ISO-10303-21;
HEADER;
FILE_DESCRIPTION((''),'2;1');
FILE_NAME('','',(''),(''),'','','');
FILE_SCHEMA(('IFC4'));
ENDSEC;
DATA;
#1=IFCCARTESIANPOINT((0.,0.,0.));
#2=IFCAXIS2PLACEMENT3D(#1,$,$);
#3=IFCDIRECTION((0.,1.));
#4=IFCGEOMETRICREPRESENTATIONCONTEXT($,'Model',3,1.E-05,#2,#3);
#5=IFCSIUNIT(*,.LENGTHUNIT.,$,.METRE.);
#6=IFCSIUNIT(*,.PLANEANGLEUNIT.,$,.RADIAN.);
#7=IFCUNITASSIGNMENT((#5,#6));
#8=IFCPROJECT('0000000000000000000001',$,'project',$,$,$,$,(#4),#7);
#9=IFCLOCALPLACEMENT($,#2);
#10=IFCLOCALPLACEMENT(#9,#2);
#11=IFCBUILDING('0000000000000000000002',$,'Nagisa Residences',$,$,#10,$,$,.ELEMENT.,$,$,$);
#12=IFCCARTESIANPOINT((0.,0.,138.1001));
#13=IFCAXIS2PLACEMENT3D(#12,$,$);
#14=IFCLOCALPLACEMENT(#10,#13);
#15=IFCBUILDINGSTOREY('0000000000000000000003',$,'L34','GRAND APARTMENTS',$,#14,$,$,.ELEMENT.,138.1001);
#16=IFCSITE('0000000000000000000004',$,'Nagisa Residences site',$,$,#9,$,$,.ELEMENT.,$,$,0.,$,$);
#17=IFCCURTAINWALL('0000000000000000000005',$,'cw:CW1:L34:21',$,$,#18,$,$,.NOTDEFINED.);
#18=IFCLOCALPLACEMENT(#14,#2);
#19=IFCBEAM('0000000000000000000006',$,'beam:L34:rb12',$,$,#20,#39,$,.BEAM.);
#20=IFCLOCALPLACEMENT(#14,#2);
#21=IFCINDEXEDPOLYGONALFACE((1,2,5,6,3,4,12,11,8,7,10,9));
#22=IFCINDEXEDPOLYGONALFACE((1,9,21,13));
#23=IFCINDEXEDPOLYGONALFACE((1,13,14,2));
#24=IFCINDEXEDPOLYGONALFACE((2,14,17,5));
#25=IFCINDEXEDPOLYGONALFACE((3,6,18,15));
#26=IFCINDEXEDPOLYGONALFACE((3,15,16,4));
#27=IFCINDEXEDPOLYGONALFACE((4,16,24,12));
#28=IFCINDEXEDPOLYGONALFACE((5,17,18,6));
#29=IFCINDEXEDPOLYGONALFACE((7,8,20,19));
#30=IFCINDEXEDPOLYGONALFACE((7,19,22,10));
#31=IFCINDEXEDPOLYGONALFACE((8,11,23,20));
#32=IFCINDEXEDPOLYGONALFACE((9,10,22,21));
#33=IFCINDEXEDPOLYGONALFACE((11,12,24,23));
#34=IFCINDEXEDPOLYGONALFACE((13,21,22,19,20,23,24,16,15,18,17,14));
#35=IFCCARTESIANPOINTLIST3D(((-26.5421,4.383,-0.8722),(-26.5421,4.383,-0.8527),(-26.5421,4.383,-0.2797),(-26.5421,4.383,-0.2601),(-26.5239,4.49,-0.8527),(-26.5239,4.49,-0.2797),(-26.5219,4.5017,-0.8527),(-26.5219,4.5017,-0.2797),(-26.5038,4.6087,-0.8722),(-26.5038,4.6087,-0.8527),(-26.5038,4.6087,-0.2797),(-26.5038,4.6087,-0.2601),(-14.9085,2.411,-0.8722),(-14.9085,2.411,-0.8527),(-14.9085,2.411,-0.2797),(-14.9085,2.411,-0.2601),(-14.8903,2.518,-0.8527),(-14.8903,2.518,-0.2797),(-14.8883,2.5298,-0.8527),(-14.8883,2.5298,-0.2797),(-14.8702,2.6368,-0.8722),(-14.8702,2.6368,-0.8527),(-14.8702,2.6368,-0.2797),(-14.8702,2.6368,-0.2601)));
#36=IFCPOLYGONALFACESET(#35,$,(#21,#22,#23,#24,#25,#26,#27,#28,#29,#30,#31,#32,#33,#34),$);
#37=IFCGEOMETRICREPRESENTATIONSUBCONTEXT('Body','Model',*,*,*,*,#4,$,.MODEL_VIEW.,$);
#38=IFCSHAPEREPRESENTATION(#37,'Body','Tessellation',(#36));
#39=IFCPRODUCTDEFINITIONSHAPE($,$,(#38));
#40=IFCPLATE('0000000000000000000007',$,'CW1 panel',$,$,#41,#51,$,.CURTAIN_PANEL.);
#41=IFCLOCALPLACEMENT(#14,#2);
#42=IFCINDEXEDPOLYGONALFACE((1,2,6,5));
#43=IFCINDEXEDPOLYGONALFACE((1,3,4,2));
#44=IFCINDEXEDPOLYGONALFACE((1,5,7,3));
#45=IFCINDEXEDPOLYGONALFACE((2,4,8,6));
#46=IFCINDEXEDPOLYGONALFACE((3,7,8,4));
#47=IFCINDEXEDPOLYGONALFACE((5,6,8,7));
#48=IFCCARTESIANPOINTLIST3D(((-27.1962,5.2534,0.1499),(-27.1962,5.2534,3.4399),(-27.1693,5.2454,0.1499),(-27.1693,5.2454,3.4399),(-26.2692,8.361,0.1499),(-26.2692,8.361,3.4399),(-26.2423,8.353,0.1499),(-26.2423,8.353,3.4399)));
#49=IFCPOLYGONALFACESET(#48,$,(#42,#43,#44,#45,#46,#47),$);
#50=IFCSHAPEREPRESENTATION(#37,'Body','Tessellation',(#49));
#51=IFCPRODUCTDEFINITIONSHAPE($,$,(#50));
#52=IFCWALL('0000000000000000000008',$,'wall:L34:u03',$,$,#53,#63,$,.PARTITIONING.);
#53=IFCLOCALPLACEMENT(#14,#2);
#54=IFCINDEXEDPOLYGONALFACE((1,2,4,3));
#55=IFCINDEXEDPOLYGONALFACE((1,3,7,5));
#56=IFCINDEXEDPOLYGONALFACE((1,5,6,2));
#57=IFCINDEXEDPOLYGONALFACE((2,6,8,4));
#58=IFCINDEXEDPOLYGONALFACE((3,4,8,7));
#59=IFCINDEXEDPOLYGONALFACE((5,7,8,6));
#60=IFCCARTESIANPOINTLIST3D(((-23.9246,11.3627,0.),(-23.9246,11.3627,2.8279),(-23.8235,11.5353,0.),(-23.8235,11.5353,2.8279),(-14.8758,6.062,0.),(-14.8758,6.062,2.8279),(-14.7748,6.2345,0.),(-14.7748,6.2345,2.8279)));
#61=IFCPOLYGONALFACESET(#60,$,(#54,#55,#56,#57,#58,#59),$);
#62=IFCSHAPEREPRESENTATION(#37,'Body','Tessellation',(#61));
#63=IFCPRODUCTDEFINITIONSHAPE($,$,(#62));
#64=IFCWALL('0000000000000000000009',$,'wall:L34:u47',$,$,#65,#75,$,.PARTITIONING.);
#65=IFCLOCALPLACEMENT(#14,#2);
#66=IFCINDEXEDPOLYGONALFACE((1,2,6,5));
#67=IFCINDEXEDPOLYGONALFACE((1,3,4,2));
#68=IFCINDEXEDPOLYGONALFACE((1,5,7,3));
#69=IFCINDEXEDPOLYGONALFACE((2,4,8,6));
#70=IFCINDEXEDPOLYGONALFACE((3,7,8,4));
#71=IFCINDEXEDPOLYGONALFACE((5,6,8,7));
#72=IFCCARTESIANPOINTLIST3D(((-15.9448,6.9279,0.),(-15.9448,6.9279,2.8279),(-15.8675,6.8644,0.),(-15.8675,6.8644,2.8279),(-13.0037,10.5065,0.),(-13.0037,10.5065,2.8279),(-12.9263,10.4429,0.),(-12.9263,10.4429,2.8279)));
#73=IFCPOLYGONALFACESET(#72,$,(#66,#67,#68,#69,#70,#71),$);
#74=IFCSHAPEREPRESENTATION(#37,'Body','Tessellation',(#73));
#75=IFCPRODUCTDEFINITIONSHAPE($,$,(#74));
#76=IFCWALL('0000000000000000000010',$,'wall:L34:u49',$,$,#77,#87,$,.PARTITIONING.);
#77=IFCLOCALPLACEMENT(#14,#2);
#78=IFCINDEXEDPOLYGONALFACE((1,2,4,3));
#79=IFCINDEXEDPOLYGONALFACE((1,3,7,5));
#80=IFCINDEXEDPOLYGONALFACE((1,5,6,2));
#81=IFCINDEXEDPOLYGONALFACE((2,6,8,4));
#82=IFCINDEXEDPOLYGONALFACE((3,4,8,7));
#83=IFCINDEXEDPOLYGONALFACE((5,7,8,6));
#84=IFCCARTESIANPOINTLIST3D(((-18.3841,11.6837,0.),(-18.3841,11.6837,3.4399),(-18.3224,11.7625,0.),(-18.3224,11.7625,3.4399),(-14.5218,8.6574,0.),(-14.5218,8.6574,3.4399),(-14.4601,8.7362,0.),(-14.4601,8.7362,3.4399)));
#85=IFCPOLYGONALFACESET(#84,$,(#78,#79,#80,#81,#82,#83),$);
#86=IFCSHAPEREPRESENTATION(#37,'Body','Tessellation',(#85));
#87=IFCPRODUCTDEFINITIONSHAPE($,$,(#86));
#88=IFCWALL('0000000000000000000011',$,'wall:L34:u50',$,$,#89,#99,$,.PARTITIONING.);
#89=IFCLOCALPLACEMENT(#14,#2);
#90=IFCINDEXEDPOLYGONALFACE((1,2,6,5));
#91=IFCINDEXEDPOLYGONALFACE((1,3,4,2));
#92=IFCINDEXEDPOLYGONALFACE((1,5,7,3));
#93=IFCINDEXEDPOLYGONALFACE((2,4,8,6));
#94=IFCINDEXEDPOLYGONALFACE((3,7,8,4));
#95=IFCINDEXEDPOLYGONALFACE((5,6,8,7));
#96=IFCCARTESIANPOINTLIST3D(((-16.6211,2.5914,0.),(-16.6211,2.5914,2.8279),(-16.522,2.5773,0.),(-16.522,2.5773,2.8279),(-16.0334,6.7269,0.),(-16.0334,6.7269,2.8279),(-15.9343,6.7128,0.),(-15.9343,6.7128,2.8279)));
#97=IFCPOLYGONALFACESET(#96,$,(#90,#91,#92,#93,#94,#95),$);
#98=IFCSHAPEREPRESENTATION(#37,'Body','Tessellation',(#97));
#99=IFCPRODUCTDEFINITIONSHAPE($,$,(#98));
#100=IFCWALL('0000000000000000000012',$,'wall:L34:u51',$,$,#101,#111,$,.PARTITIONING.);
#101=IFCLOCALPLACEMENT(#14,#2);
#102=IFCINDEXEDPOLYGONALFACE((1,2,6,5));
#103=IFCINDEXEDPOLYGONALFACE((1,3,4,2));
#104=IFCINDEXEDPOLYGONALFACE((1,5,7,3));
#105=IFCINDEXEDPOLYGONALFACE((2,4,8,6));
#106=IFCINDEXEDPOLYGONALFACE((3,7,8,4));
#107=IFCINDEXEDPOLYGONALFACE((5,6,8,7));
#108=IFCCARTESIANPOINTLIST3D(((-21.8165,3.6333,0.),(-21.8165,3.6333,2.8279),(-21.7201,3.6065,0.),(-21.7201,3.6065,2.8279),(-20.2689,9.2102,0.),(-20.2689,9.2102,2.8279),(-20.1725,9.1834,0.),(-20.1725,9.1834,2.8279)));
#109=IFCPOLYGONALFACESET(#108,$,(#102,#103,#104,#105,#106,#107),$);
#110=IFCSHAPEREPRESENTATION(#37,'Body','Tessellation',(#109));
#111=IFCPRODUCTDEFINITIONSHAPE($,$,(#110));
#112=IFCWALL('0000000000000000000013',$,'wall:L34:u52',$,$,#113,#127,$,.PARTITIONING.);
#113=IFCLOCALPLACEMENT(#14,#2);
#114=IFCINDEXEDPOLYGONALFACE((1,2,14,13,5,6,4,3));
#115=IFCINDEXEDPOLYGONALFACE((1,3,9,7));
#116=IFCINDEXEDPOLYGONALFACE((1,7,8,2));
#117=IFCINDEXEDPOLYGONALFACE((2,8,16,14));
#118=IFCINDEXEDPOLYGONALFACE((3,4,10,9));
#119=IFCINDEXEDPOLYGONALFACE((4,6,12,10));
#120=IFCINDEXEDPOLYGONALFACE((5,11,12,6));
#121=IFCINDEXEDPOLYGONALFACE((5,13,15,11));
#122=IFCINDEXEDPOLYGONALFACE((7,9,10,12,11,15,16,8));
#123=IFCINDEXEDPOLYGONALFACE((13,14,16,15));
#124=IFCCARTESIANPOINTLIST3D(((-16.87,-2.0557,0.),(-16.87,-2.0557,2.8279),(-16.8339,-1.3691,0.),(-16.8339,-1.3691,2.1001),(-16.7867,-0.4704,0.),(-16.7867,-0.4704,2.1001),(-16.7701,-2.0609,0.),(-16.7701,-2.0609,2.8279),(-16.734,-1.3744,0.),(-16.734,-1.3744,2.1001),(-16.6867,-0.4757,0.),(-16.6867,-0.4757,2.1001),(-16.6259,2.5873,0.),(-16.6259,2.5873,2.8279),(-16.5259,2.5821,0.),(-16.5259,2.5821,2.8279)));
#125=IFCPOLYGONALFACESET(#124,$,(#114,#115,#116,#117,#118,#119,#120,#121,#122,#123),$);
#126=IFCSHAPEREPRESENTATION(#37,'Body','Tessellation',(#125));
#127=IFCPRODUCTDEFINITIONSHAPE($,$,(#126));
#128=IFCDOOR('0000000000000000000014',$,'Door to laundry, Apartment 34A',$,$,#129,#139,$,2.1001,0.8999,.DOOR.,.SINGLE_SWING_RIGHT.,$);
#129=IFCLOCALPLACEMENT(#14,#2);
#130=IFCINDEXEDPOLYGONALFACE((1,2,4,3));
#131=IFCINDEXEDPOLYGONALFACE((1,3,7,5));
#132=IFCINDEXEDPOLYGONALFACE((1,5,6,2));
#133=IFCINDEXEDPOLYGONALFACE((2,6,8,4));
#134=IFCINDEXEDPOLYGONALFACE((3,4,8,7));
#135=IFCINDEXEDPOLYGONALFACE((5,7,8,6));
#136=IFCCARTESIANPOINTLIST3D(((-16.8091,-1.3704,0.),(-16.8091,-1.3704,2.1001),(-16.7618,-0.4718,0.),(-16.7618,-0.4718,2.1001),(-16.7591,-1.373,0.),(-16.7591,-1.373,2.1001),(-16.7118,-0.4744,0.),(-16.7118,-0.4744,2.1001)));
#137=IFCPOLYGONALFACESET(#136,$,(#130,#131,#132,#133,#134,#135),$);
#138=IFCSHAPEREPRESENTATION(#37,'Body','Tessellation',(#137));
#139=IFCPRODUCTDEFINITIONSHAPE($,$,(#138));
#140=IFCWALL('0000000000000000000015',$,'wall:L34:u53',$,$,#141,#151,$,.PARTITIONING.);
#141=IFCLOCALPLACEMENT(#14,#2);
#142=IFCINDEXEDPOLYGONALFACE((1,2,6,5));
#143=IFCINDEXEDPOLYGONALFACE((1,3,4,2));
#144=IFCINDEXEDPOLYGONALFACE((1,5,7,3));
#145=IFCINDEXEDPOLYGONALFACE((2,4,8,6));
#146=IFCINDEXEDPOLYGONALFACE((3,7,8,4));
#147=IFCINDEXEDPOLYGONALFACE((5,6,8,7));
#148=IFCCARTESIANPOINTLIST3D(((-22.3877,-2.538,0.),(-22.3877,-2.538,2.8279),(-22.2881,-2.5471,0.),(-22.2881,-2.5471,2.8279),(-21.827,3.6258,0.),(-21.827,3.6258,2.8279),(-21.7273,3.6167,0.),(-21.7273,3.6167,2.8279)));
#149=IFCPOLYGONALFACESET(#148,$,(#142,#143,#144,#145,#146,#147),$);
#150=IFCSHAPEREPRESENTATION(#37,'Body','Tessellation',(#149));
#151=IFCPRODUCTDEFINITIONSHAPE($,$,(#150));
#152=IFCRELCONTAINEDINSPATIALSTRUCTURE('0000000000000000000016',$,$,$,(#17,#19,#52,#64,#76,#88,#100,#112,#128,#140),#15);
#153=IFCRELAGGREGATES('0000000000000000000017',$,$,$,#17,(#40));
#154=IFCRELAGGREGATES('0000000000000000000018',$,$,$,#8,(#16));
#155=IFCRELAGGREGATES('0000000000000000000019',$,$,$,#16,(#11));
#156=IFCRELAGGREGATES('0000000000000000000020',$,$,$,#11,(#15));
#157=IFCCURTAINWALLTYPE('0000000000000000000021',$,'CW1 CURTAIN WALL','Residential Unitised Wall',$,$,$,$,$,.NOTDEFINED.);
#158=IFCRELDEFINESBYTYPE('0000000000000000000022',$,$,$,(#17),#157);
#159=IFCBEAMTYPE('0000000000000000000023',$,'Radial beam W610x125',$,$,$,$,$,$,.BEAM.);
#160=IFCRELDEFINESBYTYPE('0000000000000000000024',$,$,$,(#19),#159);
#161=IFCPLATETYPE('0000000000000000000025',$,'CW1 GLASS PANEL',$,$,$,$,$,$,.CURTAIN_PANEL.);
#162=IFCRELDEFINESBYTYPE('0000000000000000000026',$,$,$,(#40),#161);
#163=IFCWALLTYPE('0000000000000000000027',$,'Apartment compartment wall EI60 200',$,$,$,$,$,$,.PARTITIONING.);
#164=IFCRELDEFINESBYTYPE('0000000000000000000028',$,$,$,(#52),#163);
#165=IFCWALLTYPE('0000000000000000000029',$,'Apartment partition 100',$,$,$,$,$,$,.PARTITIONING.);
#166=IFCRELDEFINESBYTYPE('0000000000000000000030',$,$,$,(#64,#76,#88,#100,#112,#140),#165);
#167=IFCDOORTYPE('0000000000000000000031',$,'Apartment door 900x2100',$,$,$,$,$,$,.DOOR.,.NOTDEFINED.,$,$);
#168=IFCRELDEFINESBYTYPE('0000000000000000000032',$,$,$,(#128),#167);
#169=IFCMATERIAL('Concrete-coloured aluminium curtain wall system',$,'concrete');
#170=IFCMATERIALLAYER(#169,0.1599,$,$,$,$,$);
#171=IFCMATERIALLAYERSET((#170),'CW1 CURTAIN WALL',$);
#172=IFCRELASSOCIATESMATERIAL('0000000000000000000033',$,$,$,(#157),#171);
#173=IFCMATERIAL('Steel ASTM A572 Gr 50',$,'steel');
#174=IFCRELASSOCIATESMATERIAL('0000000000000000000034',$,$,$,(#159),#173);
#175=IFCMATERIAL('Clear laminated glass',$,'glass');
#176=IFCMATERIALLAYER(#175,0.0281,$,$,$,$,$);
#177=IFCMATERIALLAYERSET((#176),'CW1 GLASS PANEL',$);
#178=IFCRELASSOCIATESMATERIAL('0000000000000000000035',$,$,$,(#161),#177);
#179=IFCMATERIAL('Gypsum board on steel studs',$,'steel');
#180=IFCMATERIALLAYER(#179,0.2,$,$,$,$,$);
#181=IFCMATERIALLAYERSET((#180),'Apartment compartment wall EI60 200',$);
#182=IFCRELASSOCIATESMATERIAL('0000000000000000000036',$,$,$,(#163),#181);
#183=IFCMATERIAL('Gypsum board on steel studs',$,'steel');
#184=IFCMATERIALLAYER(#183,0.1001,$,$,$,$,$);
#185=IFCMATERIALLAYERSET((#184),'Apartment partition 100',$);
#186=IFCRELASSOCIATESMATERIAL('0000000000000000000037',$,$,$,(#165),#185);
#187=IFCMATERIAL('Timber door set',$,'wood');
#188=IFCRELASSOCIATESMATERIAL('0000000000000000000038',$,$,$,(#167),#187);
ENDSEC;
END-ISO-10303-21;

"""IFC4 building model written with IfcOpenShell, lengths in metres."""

from ifc_helpers import new_model, si_unit, direction, frame, frame_2d, origin, origin_2d, place, context, subcontext, project, spatial, rectangle, i_section, extrude, material, layer, layer_set, material_profile, profile_set, type_object, element, fill, aggregate, save


model = new_model("IFC4")

# Units and contexts
model_context = context("Model", 3, precision=1e-05, world=origin(), true_north=direction((0.0, 1.0)))
body_context = subcontext(model_context, "Body", "Model", "MODEL_VIEW")
ifc_project = project(units=[si_unit("LENGTHUNIT", "METRE"), si_unit("PLANEANGLEUNIT", "RADIAN")], contexts=[model_context])

# Site, building, storey
site_placement = place(None, origin())
site = spatial("IfcSite", under=ifc_project, at=site_placement, Name="Nagisa Residences site", CompositionType="ELEMENT", RefElevation=0.0)
building_placement = place(site_placement, origin())
building = spatial("IfcBuilding", under=site, at=building_placement, Name="Nagisa Residences", CompositionType="ELEMENT")
storey_placement = place(building_placement, frame((0.0, 0.0, 138.1001)))
storey = spatial("IfcBuildingStorey", under=building, at=storey_placement, Name="L34", Description="GRAND APARTMENTS", CompositionType="ELEMENT", Elevation=138.1001)

# Curtain wall
ifc_material_1 = material(Name="Concrete-coloured aluminium curtain wall system", Category="concrete")
ifc_layer_1 = layer(ifc_material_1, 0.1599)
ifc_layer_set_1 = layer_set([ifc_layer_1], Name="CW1 CURTAIN WALL")
curtain_wall_type = type_object("IfcCurtainWallType", Name="CW1 CURTAIN WALL", Description="Residential Unitised Wall", PredefinedType="NOTDEFINED", material=ifc_layer_set_1)
curtain_wall_1_placement = place(storey_placement, origin())
curtain_wall_1 = element("IfcCurtainWall", 1, at=curtain_wall_1_placement, inside=storey, type_object=curtain_wall_type, Name="cw:CW1:L34:21", PredefinedType="NOTDEFINED")

# Beam
ifc_material_2 = material(Name="Steel ASTM A572 Gr 50", Category="steel")
ifc_material_profile_1 = material_profile(ifc_material_2, i_section(OverallWidth=0.229, OverallDepth=0.6121, WebThickness=0.012, FlangeThickness=0.0195, at=origin_2d()), Name="W610x125")
ifc_profile_set_1 = profile_set([ifc_material_profile_1], Name="Steel ASTM A572 Gr 50")
beam_type_1 = type_object("IfcBeamType", Name="Radial beam W610x125", PredefinedType="BEAM", material=ifc_profile_set_1)
beam_1_placement = place(storey_placement, frame((-26.5229, 4.4958, -0.5662), z_axis=(0.985937, -0.167119, 0.0), x_axis=(0.167119, 0.985937, 0.0)))
element("IfcBeam", 2, at=beam_1_placement, inside=storey, type_object=beam_type_1, Name="beam:L34:rb12", PredefinedType="BEAM", context=body_context, shape_type="SweptSolid", body=[
    extrude(i_section(OverallWidth=0.229, OverallDepth=0.6121, WebThickness=0.012, FlangeThickness=0.0195, at=origin_2d()), origin(), (0.0, 0.0, 1.0), 11.7996),
])

# Plate
ifc_material_3 = material(Name="Clear laminated glass", Category="glass")
ifc_layer_2 = layer(ifc_material_3, 0.0281)
ifc_layer_set_2 = layer_set([ifc_layer_2], Name="CW1 GLASS PANEL")
plate_type = type_object("IfcPlateType", Name="CW1 GLASS PANEL", PredefinedType="CURTAIN_PANEL", material=ifc_layer_set_2)
plate_placement = place(storey_placement, frame((-26.7192, 6.8032, 0.1499), z_axis=(0.0, 0.0, 1.0), x_axis=(-0.28586, -0.958271, 0.0)))
plate = element("IfcPlate", 3, at=plate_placement, type_object=plate_type, Name="CW1 panel", PredefinedType="CURTAIN_PANEL", context=body_context, shape_type="SweptSolid", body=[
    extrude(rectangle(XDim=3.2429, YDim=0.0281, at=origin_2d()), origin(), (0.0, 0.0, 1.0), 3.29),
])
aggregate(curtain_wall_1, [plate])

# Walls
ifc_material_4 = material(Name="Gypsum board on steel studs", Category="steel")
ifc_layer_3 = layer(ifc_material_4, 0.2)
ifc_layer_set_3 = layer_set([ifc_layer_3], Name="Apartment compartment wall EI60 200")
wall_type_1 = type_object("IfcWallType", Name="Apartment compartment wall EI60 200", PredefinedType="PARTITIONING", material=ifc_layer_set_3)
wall_1_placement = place(storey_placement, frame((-14.8252, 6.1482, 0.0), z_axis=(0.0, 0.0, 1.0), x_axis=(-0.862852, 0.505457, 0.0)))
element("IfcWall", 4, at=wall_1_placement, inside=storey, type_object=wall_type_1, Name="wall:L34:u03", PredefinedType="PARTITIONING", context=body_context, shape_type="SweptSolid", body=[
    extrude(rectangle(XDim=10.4871, YDim=0.2, at=frame_2d((5.2437, 0.0))), origin(), (0.0, 0.0, 1.0), 2.8279),
])
ifc_material_5 = material(Name="Gypsum board on steel studs", Category="steel")
ifc_layer_4 = layer(ifc_material_5, 0.1001)
ifc_layer_set_4 = layer_set([ifc_layer_4], Name="Apartment partition 100")
wall_type_2 = type_object("IfcWallType", Name="Apartment partition 100", PredefinedType="PARTITIONING", material=ifc_layer_set_4)
wall_2_placement = place(storey_placement, frame((-12.9651, 10.4746, 0.0), z_axis=(0.0, 0.0, 1.0), x_axis=(-0.634944, -0.772558, 0.0)))
element("IfcWall", 5, at=wall_2_placement, inside=storey, type_object=wall_type_2, Name="wall:L34:u47", PredefinedType="PARTITIONING", context=body_context, shape_type="SweptSolid", body=[
    extrude(rectangle(XDim=4.6321, YDim=0.1001, at=frame_2d((2.3159, 0.0))), origin(), (0.0, 0.0, 1.0), 2.8279),
])
wall_3_placement = place(storey_placement, frame((-14.491, 8.6968, 0.0), z_axis=(0.0, 0.0, 1.0), x_axis=(-0.787139, 0.616775, 0.0)))
element("IfcWall", 6, at=wall_3_placement, inside=storey, type_object=wall_type_2, Name="wall:L34:u49", PredefinedType="PARTITIONING", context=body_context, shape_type="SweptSolid", body=[
    extrude(rectangle(XDim=4.9067, YDim=0.1001, at=frame_2d((2.4534, 0.0))), origin(), (0.0, 0.0, 1.0), 3.4399),
])
wall_4_placement = place(storey_placement, frame((-15.9839, 6.7197, 0.0), z_axis=(0.0, 0.0, 1.0), x_axis=(-0.140685, -0.990054, 0.0)))
element("IfcWall", 7, at=wall_4_placement, inside=storey, type_object=wall_type_2, Name="wall:L34:u50", PredefinedType="PARTITIONING", context=body_context, shape_type="SweptSolid", body=[
    extrude(rectangle(XDim=4.177, YDim=0.1001, at=frame_2d((2.0884, 0.0))), origin(), (0.0, 0.0, 1.0), 2.8279),
])
wall_5_placement = place(storey_placement, frame((-20.2207, 9.1968, 0.0), z_axis=(0.0, 0.0, 1.0), x_axis=(-0.267398, -0.963586, 0.0)))
element("IfcWall", 8, at=wall_5_placement, inside=storey, type_object=wall_type_2, Name="wall:L34:u51", PredefinedType="PARTITIONING", context=body_context, shape_type="SweptSolid", body=[
    extrude(rectangle(XDim=5.7876, YDim=0.1001, at=frame_2d((2.8938, 0.0))), origin(), (0.0, 0.0, 1.0), 2.8279),
])

# Wall, opening, door
wall_6_placement = place(storey_placement, frame((-16.5759, 2.5847, 0.0), z_axis=(0.0, 0.0, 1.0), x_axis=(-0.052509, -0.99862, 0.0)))
wall_6 = element("IfcWall", 9, at=wall_6_placement, inside=storey, type_object=wall_type_2, Name="wall:L34:u52", PredefinedType="PARTITIONING", context=body_context, shape_type="SweptSolid", body=[
    extrude(rectangle(XDim=4.6494, YDim=0.1001, at=frame_2d((2.3247, 0.0))), origin(), (0.0, 0.0, 1.0), 2.8279),
])
opening_1_placement = place(wall_6_placement, frame((3.062, 0.0, 0.0)))
opening_1 = element("IfcOpeningElement", 10, at=opening_1_placement, cuts=wall_6, PredefinedType="OPENING", context=body_context, shape_type="SweptSolid", body=[
    extrude(rectangle(XDim=0.8999, YDim=2.1001, at=frame_2d((0.45, 1.05))), frame((0.0, 0.0601, 0.0), z_axis=(0.0, -1.0, 0.0), x_axis=(1.0, 0.0, 0.0)), (0.0, 0.0, 1.0), 0.1201),
])
ifc_material_6 = material(Name="Timber door set", Category="wood")
door_type_1 = type_object("IfcDoorType", Name="Apartment door 900x2100", OperationType="NOTDEFINED", PredefinedType="DOOR", material=ifc_material_6)
door_1_placement = place(opening_1_placement, origin())
door_1 = element("IfcDoor", 11, at=door_1_placement, inside=storey, type_object=door_type_1, Name="Door to laundry, Apartment 34A", OperationType="SINGLE_SWING_RIGHT", OverallHeight=2.1001, OverallWidth=0.8999, PredefinedType="DOOR", context=body_context, shape_type="SweptSolid", body=[
    extrude(rectangle(XDim=0.8999, YDim=2.1001, at=frame_2d((0.45, 1.05))), frame((0.0, 0.0249, 0.0), z_axis=(0.0, -1.0, 0.0), x_axis=(1.0, 0.0, 0.0)), (0.0, 0.0, 1.0), 0.05),
])
fill(opening_1, door_1)

# Wall
wall_7_placement = place(storey_placement, frame((-21.7771, 3.6213, 0.0), z_axis=(0.0, 0.0, 1.0), x_axis=(-0.090607, -0.995887, 0.0)))
element("IfcWall", 12, at=wall_7_placement, inside=storey, type_object=wall_type_2, Name="wall:L34:u53", PredefinedType="PARTITIONING", context=body_context, shape_type="SweptSolid", body=[
    extrude(rectangle(XDim=6.1892, YDim=0.1001, at=frame_2d((3.0947, 0.0))), origin(), (0.0, 0.0, 1.0), 2.8279),
])

save(model, "model.ifc")
